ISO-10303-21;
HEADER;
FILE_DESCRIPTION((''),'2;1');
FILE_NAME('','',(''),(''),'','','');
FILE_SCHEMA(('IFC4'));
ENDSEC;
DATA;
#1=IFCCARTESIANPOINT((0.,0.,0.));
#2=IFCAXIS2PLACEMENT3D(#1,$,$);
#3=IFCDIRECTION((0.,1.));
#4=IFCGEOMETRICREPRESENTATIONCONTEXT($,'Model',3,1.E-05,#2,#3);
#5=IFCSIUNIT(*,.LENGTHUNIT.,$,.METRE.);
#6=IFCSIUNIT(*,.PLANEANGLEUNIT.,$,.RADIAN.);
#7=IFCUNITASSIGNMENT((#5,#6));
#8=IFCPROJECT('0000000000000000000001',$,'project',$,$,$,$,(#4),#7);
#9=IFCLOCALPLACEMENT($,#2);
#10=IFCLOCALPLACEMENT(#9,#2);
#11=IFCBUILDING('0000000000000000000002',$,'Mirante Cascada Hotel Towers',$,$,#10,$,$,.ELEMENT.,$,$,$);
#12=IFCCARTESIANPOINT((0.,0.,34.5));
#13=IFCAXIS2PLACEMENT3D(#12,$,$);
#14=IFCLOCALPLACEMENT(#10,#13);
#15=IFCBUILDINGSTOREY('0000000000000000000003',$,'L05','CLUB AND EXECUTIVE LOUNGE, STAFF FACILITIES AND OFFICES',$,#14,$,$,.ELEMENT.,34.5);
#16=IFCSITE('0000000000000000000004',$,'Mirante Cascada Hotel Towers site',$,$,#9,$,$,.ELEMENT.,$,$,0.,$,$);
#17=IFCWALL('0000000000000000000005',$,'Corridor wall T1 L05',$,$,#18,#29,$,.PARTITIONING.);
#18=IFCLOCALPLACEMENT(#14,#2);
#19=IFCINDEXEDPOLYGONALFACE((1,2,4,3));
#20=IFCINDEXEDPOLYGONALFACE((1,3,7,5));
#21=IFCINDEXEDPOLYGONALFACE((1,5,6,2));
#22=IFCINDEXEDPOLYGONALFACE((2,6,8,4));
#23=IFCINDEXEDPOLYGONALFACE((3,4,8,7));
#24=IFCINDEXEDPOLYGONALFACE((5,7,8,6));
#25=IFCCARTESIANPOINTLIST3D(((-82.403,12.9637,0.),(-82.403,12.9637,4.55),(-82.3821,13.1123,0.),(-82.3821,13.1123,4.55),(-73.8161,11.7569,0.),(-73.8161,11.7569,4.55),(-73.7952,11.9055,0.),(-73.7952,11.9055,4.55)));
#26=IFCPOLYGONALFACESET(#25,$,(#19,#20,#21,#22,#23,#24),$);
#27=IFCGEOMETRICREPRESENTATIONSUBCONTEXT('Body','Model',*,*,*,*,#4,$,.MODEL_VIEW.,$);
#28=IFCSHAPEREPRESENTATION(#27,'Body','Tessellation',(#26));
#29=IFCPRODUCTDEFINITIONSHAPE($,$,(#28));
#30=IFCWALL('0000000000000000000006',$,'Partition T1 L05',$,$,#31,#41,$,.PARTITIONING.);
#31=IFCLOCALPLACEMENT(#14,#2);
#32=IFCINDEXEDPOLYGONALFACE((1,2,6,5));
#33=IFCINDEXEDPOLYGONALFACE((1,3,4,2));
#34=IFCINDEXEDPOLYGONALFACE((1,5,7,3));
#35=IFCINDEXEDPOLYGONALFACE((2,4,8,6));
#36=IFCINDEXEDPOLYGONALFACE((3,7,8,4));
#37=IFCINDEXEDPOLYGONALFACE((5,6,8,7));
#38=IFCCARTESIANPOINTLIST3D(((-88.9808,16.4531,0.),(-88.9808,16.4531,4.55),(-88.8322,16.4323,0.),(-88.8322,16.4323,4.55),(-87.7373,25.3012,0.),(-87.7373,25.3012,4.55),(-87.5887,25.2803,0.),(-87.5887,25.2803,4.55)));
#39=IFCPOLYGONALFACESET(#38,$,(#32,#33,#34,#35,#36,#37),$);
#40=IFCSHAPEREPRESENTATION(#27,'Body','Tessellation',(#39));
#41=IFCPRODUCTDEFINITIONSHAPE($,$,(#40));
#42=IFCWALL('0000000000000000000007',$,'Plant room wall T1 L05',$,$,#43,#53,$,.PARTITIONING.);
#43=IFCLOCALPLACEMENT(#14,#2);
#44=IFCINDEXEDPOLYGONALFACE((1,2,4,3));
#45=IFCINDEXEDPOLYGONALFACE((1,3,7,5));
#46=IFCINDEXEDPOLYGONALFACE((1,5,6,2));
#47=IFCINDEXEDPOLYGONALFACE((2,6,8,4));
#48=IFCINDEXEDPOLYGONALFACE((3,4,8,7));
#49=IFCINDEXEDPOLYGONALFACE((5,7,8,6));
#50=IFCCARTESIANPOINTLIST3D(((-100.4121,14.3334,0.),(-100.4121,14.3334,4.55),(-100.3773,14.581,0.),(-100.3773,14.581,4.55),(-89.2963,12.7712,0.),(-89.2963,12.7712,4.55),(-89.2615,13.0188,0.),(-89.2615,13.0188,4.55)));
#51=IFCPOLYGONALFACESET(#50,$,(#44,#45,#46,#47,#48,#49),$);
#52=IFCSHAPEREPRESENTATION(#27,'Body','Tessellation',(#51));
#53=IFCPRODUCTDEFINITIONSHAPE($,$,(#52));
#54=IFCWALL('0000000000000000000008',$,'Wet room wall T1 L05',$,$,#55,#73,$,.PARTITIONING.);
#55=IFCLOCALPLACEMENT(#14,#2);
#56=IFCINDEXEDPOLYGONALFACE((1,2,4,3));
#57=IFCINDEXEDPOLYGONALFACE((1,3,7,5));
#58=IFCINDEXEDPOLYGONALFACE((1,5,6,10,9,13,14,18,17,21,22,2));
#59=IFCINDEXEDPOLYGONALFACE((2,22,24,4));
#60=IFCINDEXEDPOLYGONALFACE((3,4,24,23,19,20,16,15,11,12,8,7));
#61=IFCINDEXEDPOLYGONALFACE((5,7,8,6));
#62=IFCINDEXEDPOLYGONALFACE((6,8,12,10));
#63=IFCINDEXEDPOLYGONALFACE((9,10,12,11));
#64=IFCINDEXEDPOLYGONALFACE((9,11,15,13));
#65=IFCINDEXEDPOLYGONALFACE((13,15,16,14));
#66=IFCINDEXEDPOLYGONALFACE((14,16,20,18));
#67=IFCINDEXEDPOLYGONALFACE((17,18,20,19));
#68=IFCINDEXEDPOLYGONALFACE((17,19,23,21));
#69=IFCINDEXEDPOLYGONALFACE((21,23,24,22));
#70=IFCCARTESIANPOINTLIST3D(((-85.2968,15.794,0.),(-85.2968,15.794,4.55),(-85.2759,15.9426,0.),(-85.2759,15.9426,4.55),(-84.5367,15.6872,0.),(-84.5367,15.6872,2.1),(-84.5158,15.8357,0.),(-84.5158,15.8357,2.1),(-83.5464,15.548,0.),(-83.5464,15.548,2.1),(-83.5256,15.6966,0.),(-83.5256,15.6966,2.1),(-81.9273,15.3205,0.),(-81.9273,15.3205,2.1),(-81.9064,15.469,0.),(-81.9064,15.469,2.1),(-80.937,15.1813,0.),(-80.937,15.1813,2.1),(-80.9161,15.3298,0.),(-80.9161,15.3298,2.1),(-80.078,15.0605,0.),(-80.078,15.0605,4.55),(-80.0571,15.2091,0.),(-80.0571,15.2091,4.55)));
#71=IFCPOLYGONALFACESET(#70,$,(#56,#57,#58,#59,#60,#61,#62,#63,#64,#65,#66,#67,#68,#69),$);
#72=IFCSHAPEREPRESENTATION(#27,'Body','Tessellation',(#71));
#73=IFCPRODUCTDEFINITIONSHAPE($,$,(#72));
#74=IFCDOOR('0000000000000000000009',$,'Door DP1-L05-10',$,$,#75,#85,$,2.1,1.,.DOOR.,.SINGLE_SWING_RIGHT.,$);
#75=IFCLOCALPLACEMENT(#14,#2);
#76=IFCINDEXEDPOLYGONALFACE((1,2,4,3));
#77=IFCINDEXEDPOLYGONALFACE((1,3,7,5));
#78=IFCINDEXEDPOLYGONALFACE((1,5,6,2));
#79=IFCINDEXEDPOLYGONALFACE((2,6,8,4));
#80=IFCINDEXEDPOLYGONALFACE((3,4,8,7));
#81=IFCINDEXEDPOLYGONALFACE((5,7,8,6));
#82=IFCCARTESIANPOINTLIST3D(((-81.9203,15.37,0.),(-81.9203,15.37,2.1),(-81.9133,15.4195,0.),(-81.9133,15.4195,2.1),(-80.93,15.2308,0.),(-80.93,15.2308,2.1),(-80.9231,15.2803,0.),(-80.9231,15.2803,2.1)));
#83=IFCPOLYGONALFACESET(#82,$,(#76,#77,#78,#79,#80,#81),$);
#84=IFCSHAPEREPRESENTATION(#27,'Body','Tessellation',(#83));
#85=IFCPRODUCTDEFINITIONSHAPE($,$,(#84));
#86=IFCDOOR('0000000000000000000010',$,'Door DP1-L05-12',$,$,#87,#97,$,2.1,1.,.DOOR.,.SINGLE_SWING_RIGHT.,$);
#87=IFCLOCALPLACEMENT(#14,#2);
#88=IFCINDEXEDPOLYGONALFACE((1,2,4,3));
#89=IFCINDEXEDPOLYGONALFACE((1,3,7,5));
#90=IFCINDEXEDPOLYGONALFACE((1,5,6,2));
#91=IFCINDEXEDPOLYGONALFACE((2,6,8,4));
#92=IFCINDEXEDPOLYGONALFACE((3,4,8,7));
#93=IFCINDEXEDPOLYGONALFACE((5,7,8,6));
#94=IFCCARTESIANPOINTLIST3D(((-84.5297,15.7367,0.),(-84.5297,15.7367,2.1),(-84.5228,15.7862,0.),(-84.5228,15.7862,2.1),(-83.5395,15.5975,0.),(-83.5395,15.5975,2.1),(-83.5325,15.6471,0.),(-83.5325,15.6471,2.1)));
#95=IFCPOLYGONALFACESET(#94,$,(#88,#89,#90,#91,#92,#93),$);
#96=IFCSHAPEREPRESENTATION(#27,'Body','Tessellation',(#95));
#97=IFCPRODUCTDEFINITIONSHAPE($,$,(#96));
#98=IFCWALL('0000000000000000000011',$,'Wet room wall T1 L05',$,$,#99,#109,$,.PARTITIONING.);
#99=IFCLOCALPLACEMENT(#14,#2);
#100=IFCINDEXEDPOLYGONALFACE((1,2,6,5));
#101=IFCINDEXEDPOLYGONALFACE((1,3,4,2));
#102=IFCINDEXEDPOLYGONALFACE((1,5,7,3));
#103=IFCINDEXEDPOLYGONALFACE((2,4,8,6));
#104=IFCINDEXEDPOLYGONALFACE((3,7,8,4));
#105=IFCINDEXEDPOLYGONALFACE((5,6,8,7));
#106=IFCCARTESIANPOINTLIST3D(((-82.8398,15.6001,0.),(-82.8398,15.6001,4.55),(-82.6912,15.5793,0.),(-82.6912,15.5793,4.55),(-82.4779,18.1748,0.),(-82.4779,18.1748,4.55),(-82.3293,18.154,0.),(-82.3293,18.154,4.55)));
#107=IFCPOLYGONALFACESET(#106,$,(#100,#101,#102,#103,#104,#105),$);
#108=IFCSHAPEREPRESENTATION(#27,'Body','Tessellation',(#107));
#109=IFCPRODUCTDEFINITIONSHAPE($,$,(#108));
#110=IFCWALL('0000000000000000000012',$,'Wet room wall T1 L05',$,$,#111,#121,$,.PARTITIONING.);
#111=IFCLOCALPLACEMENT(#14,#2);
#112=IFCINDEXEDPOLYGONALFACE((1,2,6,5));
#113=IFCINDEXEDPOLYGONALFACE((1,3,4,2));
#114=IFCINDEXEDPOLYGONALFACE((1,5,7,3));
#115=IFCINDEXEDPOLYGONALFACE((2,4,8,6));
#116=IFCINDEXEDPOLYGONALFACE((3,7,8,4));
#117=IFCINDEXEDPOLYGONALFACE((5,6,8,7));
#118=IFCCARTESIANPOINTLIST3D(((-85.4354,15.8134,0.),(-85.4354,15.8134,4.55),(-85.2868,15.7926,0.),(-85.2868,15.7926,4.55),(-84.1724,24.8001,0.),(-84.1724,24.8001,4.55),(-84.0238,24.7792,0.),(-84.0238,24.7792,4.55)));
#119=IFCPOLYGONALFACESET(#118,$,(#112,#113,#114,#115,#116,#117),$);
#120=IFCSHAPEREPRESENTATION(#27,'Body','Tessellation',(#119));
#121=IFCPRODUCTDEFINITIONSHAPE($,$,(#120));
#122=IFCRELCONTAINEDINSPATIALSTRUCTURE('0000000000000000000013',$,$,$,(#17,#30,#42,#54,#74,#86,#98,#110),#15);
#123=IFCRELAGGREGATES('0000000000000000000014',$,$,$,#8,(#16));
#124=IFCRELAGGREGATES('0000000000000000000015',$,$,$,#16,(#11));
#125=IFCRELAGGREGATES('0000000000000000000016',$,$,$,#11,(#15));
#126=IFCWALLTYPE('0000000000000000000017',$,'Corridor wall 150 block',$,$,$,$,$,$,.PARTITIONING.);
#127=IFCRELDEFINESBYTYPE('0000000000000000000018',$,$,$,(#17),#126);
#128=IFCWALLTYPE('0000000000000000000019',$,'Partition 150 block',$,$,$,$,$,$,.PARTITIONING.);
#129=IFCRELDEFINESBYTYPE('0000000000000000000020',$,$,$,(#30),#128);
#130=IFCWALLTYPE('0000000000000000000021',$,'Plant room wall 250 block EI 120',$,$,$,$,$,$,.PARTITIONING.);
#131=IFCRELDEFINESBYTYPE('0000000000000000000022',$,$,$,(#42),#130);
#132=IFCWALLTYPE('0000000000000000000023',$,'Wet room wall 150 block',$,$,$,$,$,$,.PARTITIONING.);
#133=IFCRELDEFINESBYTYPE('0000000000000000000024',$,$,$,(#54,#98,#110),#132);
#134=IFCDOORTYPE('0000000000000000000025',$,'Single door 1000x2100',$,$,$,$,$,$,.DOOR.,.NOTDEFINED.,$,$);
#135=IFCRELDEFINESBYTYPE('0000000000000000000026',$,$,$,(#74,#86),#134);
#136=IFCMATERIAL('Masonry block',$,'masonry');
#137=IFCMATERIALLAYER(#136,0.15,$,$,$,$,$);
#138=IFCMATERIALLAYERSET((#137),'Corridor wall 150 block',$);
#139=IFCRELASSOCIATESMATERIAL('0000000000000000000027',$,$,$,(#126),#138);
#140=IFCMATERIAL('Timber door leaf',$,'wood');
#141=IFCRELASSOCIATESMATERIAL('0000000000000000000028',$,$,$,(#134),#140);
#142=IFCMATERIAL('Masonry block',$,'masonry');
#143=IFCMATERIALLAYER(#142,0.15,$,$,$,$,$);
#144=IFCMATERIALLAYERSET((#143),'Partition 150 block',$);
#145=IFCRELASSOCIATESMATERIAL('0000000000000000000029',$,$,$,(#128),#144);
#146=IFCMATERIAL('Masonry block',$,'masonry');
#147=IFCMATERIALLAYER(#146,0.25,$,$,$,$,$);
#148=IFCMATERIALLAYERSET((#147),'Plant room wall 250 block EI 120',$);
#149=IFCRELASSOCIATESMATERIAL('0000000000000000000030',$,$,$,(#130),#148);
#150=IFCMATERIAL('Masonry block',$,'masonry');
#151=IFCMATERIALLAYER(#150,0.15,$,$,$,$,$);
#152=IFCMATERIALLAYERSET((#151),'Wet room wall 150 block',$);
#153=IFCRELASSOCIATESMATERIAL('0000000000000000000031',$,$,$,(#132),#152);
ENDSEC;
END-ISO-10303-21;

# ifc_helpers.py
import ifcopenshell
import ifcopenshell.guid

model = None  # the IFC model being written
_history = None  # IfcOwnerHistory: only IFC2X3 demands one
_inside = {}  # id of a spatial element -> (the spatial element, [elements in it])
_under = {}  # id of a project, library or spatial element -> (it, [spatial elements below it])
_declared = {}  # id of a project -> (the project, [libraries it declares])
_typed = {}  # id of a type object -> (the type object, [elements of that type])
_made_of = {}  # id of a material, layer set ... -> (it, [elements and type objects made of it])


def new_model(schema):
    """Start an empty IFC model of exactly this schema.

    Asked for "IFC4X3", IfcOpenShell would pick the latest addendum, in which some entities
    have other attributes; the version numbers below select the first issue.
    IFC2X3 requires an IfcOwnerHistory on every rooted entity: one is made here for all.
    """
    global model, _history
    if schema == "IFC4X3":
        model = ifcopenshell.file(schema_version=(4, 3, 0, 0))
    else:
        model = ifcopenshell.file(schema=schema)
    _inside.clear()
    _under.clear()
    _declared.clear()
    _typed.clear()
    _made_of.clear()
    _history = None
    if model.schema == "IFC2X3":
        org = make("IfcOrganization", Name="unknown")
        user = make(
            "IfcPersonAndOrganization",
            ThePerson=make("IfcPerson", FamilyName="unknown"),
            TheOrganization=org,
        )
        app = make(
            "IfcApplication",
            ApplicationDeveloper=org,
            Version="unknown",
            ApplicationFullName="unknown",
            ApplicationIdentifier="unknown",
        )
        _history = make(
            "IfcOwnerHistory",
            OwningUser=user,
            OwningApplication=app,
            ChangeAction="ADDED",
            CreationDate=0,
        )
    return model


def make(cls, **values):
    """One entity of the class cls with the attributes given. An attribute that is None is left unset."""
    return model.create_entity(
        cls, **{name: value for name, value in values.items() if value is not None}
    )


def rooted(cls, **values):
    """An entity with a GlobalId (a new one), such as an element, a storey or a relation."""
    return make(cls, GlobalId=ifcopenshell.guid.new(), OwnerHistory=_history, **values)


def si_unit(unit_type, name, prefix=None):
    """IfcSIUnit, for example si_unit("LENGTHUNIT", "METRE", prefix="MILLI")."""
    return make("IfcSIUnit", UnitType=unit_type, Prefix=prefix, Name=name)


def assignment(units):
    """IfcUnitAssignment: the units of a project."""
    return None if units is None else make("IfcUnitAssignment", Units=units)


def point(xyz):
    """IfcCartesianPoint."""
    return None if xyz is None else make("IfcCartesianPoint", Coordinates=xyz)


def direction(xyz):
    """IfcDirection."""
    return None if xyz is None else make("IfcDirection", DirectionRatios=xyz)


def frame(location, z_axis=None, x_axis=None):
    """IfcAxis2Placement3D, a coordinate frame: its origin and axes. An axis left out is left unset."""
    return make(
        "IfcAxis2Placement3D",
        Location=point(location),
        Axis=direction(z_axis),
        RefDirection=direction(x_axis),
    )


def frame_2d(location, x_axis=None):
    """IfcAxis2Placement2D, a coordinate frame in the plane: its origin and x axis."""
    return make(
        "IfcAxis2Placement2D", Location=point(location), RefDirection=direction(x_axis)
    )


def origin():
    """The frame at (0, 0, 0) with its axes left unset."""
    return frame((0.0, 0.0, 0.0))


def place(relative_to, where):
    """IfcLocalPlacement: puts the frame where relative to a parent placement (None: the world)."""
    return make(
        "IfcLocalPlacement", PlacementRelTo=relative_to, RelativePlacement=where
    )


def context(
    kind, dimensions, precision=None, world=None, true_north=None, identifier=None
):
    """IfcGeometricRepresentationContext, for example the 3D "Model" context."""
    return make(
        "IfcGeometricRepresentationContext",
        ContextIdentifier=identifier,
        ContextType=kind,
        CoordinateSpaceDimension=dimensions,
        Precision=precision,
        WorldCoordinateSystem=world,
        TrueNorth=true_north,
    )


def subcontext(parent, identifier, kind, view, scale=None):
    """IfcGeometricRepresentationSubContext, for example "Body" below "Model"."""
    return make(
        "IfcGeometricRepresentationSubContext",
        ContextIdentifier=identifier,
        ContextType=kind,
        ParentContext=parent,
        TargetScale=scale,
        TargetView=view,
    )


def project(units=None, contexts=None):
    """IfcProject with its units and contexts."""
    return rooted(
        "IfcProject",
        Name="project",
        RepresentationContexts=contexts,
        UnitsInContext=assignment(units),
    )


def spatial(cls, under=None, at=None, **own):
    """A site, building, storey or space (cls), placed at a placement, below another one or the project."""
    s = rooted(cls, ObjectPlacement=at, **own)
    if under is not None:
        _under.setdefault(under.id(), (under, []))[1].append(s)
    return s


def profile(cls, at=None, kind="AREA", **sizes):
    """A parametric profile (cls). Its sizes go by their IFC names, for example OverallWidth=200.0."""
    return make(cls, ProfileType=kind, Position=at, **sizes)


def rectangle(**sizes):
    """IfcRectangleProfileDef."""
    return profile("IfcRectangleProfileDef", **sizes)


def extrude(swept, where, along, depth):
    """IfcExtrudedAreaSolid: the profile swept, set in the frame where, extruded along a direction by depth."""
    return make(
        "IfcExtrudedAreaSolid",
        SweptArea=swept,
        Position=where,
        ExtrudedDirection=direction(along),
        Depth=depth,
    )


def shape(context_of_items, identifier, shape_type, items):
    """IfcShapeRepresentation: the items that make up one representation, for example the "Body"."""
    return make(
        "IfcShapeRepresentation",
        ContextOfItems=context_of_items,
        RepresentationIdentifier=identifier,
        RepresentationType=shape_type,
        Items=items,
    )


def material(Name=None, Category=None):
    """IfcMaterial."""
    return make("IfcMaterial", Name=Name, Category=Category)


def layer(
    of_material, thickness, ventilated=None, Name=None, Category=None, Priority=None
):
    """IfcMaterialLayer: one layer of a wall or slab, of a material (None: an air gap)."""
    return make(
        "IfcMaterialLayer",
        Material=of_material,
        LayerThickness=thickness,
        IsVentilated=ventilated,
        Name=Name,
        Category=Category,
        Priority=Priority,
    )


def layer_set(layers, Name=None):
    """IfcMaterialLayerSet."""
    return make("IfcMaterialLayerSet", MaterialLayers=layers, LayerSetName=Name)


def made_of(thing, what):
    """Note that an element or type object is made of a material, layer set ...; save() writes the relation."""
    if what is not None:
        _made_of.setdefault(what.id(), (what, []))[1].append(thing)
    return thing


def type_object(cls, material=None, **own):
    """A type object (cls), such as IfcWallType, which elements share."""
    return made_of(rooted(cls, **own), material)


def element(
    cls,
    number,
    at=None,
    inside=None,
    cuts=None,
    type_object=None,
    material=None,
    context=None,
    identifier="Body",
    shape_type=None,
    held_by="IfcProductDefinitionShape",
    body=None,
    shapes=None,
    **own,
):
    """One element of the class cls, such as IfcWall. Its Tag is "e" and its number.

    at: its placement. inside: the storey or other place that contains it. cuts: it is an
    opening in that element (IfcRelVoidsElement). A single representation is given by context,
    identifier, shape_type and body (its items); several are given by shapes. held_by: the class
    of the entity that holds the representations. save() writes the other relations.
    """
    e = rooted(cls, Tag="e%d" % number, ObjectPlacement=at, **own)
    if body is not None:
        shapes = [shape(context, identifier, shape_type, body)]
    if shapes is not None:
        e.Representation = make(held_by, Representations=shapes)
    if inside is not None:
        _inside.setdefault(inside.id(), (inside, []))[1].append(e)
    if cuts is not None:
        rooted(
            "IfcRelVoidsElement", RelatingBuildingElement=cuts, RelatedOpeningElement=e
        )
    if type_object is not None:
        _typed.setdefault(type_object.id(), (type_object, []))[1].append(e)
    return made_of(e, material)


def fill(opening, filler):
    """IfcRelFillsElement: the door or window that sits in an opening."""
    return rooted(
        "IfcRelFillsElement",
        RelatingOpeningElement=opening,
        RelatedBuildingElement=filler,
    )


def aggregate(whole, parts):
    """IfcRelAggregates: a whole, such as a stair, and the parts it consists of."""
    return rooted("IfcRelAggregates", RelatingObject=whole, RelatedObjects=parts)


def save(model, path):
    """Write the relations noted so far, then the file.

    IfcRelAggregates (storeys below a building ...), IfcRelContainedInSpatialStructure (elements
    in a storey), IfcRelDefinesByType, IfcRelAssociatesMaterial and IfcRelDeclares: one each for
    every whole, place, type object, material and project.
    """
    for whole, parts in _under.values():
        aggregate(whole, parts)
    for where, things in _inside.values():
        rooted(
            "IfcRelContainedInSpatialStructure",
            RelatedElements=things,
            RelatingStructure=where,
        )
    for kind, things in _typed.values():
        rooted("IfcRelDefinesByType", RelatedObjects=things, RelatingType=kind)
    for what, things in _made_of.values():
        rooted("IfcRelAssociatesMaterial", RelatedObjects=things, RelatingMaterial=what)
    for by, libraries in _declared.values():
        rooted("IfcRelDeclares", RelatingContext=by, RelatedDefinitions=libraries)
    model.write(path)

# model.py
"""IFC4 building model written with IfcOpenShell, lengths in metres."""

from ifc_helpers import new_model, si_unit, direction, frame, frame_2d, origin, place, context, subcontext, project, spatial, rectangle, extrude, material, layer, layer_set, type_object, element, fill, save


model = new_model("IFC4")

# Units and contexts
model_context = context("Model", 3, precision=1e-05, world=origin(), true_north=direction((0.0, 1.0)))
body_context = subcontext(model_context, "Body", "Model", "MODEL_VIEW")
ifc_project = project(units=[si_unit("LENGTHUNIT", "METRE"), si_unit("PLANEANGLEUNIT", "RADIAN")], contexts=[model_context])

# Site, building, storey
site_placement = place(None, origin())
site = spatial("IfcSite", under=ifc_project, at=site_placement, Name="Mirante Cascada Hotel Towers site", CompositionType="ELEMENT", RefElevation=0.0)
building_placement = place(site_placement, origin())
building = spatial("IfcBuilding", under=site, at=building_placement, Name="Mirante Cascada Hotel Towers", CompositionType="ELEMENT")
storey_placement = place(building_placement, frame((0.0, 0.0, 34.5)))
storey = spatial("IfcBuildingStorey", under=building, at=storey_placement, Name="L05", Description="CLUB AND EXECUTIVE LOUNGE, STAFF FACILITIES AND OFFICES", CompositionType="ELEMENT", Elevation=34.5)

# Shared definitions
ifc_material_1 = material(Name="Masonry block", Category="masonry")
ifc_layer_1 = layer(ifc_material_1, 0.15)
ifc_layer_set_1 = layer_set([ifc_layer_1], Name="Corridor wall 150 block")
wall_type_1 = type_object("IfcWallType", Name="Corridor wall 150 block", PredefinedType="PARTITIONING", material=ifc_layer_set_1)

# Shared definitions
ifc_material_2 = material(Name="Timber door leaf", Category="wood")
door_type = type_object("IfcDoorType", Name="Single door 1000x2100", OperationType="NOTDEFINED", PredefinedType="DOOR", material=ifc_material_2)

# Walls
wall_1_placement = place(storey_placement, frame((-82.3925, 13.038, 0.0), z_axis=(0.0, 0.0, 1.0), x_axis=(0.990268, -0.139172, 0.0)))
element("IfcWall", 1, at=wall_1_placement, inside=storey, type_object=wall_type_1, Name="Corridor wall T1 L05", PredefinedType="PARTITIONING", context=body_context, shape_type="SweptSolid", body=[
    extrude(rectangle(XDim=8.6713, YDim=0.15, at=frame_2d((4.3356, 0.0))), origin(), (0.0, 0.0, 1.0), 4.55),
])
ifc_material_3 = material(Name="Masonry block", Category="masonry")
ifc_layer_2 = layer(ifc_material_3, 0.15)
ifc_layer_set_2 = layer_set([ifc_layer_2], Name="Partition 150 block")
wall_type_2 = type_object("IfcWallType", Name="Partition 150 block", PredefinedType="PARTITIONING", material=ifc_layer_set_2)
wall_2_placement = place(storey_placement, frame((-88.9065, 16.4427, 0.0), z_axis=(0.0, 0.0, 1.0), x_axis=(0.139173, 0.990268, 0.0)))
element("IfcWall", 2, at=wall_2_placement, inside=storey, type_object=wall_type_2, Name="Partition T1 L05", PredefinedType="PARTITIONING", context=body_context, shape_type="SweptSolid", body=[
    extrude(rectangle(XDim=8.935, YDim=0.15, at=frame_2d((4.4675, 0.0))), origin(), (0.0, 0.0, 1.0), 4.55),
])
ifc_material_4 = material(Name="Masonry block", Category="masonry")
ifc_layer_3 = layer(ifc_material_4, 0.25)
ifc_layer_set_3 = layer_set([ifc_layer_3], Name="Plant room wall 250 block EI 120")
wall_type_3 = type_object("IfcWallType", Name="Plant room wall 250 block EI 120", PredefinedType="PARTITIONING", material=ifc_layer_set_3)
wall_3_placement = place(storey_placement, frame((-100.3947, 14.4572, 0.0), z_axis=(0.0, 0.0, 1.0), x_axis=(0.990268, -0.139171, 0.0)))
element("IfcWall", 3, at=wall_3_placement, inside=storey, type_object=wall_type_3, Name="Plant room wall T1 L05", PredefinedType="PARTITIONING", context=body_context, shape_type="SweptSolid", body=[
    extrude(rectangle(XDim=11.225, YDim=0.25, at=frame_2d((5.6125, 0.0))), origin(), (0.0, 0.0, 1.0), 4.55),
])

# Wall, openings, doors
ifc_material_5 = material(Name="Masonry block", Category="masonry")
ifc_layer_4 = layer(ifc_material_5, 0.15)
ifc_layer_set_4 = layer_set([ifc_layer_4], Name="Wet room wall 150 block")
wall_type_4 = type_object("IfcWallType", Name="Wet room wall 150 block", PredefinedType="PARTITIONING", material=ifc_layer_set_4)
wall_4_placement = place(storey_placement, frame((-85.2863, 15.8683, 0.0), z_axis=(0.0, 0.0, 1.0), x_axis=(0.990267, -0.139182, 0.0)))
wall_4 = element("IfcWall", 4, at=wall_4_placement, inside=storey, type_object=wall_type_4, Name="Wet room wall T1 L05", PredefinedType="PARTITIONING", context=body_context, shape_type="SweptSolid", body=[
    extrude(rectangle(XDim=5.2701, YDim=0.15, at=frame_2d((2.635, 0.0))), origin(), (0.0, 0.0, 1.0), 4.55),
])
opening_1_placement = place(wall_4_placement, frame((3.4026, 0.0, 0.0)))
opening_1 = element("IfcOpeningElement", 5, at=opening_1_placement, cuts=wall_4, PredefinedType="OPENING", context=body_context, shape_type="SweptSolid", body=[
    extrude(rectangle(XDim=1.0, YDim=2.1, at=frame_2d((0.5, 1.05))), frame((0.0, 0.075, 0.0), z_axis=(0.0, -1.0, 0.0), x_axis=(1.0, 0.0, 0.0)), (0.0, 0.0, 1.0), 0.15),
])
opening_2_placement = place(wall_4_placement, frame((0.7675, 0.0, 0.0)))
opening_2 = element("IfcOpeningElement", 6, at=opening_2_placement, cuts=wall_4, PredefinedType="OPENING", context=body_context, shape_type="SweptSolid", body=[
    extrude(rectangle(XDim=1.0, YDim=2.1, at=frame_2d((0.5, 1.05))), frame((0.0, 0.075, 0.0), z_axis=(0.0, -1.0, 0.0), x_axis=(1.0, 0.0, 0.0)), (0.0, 0.0, 1.0), 0.15),
])
door_1_placement = place(opening_1_placement, origin())
door_1 = element("IfcDoor", 7, at=door_1_placement, inside=storey, type_object=door_type, Name="Door DP1-L05-10", OperationType="SINGLE_SWING_RIGHT", OverallHeight=2.1, OverallWidth=1.0, PredefinedType="DOOR", context=body_context, shape_type="SweptSolid", body=[
    extrude(rectangle(XDim=1.0, YDim=2.1, at=frame_2d((0.5, 1.05))), frame((0.0, 0.025, 0.0), z_axis=(0.0, -1.0, 0.0), x_axis=(1.0, 0.0, 0.0)), (0.0, 0.0, 1.0), 0.05),
])
fill(opening_1, door_1)
door_2_placement = place(opening_2_placement, origin())
door_2 = element("IfcDoor", 8, at=door_2_placement, inside=storey, type_object=door_type, Name="Door DP1-L05-12", OperationType="SINGLE_SWING_RIGHT", OverallHeight=2.1, OverallWidth=1.0, PredefinedType="DOOR", context=body_context, shape_type="SweptSolid", body=[
    extrude(rectangle(XDim=1.0, YDim=2.1, at=frame_2d((0.5, 1.05))), frame((0.0, 0.025, 0.0), z_axis=(0.0, -1.0, 0.0), x_axis=(1.0, 0.0, 0.0)), (0.0, 0.0, 1.0), 0.05),
])
fill(opening_2, door_2)

# Walls
wall_5_placement = place(storey_placement, frame((-82.7655, 15.5897, 0.0), z_axis=(0.0, 0.0, 1.0), x_axis=(0.139192, 0.990265, 0.0)))
element("IfcWall", 9, at=wall_5_placement, inside=storey, type_object=wall_type_4, Name="Wet room wall T1 L05", PredefinedType="PARTITIONING", context=body_context, shape_type="SweptSolid", body=[
    extrude(rectangle(XDim=2.6, YDim=0.15, at=frame_2d((1.3, 0.0))), origin(), (0.0, 0.0, 1.0), 4.55),
])
wall_6_placement = place(storey_placement, frame((-85.3611, 15.803, 0.0), z_axis=(0.0, 0.0, 1.0), x_axis=(0.139173, 0.990268, 0.0)))
element("IfcWall", 10, at=wall_6_placement, inside=storey, type_object=wall_type_4, Name="Wet room wall T1 L05", PredefinedType="PARTITIONING", context=body_context, shape_type="SweptSolid", body=[
    extrude(rectangle(XDim=9.075, YDim=0.15, at=frame_2d((4.5375, 0.0))), origin(), (0.0, 0.0, 1.0), 4.55),
])

save(model, "model.ifc")
